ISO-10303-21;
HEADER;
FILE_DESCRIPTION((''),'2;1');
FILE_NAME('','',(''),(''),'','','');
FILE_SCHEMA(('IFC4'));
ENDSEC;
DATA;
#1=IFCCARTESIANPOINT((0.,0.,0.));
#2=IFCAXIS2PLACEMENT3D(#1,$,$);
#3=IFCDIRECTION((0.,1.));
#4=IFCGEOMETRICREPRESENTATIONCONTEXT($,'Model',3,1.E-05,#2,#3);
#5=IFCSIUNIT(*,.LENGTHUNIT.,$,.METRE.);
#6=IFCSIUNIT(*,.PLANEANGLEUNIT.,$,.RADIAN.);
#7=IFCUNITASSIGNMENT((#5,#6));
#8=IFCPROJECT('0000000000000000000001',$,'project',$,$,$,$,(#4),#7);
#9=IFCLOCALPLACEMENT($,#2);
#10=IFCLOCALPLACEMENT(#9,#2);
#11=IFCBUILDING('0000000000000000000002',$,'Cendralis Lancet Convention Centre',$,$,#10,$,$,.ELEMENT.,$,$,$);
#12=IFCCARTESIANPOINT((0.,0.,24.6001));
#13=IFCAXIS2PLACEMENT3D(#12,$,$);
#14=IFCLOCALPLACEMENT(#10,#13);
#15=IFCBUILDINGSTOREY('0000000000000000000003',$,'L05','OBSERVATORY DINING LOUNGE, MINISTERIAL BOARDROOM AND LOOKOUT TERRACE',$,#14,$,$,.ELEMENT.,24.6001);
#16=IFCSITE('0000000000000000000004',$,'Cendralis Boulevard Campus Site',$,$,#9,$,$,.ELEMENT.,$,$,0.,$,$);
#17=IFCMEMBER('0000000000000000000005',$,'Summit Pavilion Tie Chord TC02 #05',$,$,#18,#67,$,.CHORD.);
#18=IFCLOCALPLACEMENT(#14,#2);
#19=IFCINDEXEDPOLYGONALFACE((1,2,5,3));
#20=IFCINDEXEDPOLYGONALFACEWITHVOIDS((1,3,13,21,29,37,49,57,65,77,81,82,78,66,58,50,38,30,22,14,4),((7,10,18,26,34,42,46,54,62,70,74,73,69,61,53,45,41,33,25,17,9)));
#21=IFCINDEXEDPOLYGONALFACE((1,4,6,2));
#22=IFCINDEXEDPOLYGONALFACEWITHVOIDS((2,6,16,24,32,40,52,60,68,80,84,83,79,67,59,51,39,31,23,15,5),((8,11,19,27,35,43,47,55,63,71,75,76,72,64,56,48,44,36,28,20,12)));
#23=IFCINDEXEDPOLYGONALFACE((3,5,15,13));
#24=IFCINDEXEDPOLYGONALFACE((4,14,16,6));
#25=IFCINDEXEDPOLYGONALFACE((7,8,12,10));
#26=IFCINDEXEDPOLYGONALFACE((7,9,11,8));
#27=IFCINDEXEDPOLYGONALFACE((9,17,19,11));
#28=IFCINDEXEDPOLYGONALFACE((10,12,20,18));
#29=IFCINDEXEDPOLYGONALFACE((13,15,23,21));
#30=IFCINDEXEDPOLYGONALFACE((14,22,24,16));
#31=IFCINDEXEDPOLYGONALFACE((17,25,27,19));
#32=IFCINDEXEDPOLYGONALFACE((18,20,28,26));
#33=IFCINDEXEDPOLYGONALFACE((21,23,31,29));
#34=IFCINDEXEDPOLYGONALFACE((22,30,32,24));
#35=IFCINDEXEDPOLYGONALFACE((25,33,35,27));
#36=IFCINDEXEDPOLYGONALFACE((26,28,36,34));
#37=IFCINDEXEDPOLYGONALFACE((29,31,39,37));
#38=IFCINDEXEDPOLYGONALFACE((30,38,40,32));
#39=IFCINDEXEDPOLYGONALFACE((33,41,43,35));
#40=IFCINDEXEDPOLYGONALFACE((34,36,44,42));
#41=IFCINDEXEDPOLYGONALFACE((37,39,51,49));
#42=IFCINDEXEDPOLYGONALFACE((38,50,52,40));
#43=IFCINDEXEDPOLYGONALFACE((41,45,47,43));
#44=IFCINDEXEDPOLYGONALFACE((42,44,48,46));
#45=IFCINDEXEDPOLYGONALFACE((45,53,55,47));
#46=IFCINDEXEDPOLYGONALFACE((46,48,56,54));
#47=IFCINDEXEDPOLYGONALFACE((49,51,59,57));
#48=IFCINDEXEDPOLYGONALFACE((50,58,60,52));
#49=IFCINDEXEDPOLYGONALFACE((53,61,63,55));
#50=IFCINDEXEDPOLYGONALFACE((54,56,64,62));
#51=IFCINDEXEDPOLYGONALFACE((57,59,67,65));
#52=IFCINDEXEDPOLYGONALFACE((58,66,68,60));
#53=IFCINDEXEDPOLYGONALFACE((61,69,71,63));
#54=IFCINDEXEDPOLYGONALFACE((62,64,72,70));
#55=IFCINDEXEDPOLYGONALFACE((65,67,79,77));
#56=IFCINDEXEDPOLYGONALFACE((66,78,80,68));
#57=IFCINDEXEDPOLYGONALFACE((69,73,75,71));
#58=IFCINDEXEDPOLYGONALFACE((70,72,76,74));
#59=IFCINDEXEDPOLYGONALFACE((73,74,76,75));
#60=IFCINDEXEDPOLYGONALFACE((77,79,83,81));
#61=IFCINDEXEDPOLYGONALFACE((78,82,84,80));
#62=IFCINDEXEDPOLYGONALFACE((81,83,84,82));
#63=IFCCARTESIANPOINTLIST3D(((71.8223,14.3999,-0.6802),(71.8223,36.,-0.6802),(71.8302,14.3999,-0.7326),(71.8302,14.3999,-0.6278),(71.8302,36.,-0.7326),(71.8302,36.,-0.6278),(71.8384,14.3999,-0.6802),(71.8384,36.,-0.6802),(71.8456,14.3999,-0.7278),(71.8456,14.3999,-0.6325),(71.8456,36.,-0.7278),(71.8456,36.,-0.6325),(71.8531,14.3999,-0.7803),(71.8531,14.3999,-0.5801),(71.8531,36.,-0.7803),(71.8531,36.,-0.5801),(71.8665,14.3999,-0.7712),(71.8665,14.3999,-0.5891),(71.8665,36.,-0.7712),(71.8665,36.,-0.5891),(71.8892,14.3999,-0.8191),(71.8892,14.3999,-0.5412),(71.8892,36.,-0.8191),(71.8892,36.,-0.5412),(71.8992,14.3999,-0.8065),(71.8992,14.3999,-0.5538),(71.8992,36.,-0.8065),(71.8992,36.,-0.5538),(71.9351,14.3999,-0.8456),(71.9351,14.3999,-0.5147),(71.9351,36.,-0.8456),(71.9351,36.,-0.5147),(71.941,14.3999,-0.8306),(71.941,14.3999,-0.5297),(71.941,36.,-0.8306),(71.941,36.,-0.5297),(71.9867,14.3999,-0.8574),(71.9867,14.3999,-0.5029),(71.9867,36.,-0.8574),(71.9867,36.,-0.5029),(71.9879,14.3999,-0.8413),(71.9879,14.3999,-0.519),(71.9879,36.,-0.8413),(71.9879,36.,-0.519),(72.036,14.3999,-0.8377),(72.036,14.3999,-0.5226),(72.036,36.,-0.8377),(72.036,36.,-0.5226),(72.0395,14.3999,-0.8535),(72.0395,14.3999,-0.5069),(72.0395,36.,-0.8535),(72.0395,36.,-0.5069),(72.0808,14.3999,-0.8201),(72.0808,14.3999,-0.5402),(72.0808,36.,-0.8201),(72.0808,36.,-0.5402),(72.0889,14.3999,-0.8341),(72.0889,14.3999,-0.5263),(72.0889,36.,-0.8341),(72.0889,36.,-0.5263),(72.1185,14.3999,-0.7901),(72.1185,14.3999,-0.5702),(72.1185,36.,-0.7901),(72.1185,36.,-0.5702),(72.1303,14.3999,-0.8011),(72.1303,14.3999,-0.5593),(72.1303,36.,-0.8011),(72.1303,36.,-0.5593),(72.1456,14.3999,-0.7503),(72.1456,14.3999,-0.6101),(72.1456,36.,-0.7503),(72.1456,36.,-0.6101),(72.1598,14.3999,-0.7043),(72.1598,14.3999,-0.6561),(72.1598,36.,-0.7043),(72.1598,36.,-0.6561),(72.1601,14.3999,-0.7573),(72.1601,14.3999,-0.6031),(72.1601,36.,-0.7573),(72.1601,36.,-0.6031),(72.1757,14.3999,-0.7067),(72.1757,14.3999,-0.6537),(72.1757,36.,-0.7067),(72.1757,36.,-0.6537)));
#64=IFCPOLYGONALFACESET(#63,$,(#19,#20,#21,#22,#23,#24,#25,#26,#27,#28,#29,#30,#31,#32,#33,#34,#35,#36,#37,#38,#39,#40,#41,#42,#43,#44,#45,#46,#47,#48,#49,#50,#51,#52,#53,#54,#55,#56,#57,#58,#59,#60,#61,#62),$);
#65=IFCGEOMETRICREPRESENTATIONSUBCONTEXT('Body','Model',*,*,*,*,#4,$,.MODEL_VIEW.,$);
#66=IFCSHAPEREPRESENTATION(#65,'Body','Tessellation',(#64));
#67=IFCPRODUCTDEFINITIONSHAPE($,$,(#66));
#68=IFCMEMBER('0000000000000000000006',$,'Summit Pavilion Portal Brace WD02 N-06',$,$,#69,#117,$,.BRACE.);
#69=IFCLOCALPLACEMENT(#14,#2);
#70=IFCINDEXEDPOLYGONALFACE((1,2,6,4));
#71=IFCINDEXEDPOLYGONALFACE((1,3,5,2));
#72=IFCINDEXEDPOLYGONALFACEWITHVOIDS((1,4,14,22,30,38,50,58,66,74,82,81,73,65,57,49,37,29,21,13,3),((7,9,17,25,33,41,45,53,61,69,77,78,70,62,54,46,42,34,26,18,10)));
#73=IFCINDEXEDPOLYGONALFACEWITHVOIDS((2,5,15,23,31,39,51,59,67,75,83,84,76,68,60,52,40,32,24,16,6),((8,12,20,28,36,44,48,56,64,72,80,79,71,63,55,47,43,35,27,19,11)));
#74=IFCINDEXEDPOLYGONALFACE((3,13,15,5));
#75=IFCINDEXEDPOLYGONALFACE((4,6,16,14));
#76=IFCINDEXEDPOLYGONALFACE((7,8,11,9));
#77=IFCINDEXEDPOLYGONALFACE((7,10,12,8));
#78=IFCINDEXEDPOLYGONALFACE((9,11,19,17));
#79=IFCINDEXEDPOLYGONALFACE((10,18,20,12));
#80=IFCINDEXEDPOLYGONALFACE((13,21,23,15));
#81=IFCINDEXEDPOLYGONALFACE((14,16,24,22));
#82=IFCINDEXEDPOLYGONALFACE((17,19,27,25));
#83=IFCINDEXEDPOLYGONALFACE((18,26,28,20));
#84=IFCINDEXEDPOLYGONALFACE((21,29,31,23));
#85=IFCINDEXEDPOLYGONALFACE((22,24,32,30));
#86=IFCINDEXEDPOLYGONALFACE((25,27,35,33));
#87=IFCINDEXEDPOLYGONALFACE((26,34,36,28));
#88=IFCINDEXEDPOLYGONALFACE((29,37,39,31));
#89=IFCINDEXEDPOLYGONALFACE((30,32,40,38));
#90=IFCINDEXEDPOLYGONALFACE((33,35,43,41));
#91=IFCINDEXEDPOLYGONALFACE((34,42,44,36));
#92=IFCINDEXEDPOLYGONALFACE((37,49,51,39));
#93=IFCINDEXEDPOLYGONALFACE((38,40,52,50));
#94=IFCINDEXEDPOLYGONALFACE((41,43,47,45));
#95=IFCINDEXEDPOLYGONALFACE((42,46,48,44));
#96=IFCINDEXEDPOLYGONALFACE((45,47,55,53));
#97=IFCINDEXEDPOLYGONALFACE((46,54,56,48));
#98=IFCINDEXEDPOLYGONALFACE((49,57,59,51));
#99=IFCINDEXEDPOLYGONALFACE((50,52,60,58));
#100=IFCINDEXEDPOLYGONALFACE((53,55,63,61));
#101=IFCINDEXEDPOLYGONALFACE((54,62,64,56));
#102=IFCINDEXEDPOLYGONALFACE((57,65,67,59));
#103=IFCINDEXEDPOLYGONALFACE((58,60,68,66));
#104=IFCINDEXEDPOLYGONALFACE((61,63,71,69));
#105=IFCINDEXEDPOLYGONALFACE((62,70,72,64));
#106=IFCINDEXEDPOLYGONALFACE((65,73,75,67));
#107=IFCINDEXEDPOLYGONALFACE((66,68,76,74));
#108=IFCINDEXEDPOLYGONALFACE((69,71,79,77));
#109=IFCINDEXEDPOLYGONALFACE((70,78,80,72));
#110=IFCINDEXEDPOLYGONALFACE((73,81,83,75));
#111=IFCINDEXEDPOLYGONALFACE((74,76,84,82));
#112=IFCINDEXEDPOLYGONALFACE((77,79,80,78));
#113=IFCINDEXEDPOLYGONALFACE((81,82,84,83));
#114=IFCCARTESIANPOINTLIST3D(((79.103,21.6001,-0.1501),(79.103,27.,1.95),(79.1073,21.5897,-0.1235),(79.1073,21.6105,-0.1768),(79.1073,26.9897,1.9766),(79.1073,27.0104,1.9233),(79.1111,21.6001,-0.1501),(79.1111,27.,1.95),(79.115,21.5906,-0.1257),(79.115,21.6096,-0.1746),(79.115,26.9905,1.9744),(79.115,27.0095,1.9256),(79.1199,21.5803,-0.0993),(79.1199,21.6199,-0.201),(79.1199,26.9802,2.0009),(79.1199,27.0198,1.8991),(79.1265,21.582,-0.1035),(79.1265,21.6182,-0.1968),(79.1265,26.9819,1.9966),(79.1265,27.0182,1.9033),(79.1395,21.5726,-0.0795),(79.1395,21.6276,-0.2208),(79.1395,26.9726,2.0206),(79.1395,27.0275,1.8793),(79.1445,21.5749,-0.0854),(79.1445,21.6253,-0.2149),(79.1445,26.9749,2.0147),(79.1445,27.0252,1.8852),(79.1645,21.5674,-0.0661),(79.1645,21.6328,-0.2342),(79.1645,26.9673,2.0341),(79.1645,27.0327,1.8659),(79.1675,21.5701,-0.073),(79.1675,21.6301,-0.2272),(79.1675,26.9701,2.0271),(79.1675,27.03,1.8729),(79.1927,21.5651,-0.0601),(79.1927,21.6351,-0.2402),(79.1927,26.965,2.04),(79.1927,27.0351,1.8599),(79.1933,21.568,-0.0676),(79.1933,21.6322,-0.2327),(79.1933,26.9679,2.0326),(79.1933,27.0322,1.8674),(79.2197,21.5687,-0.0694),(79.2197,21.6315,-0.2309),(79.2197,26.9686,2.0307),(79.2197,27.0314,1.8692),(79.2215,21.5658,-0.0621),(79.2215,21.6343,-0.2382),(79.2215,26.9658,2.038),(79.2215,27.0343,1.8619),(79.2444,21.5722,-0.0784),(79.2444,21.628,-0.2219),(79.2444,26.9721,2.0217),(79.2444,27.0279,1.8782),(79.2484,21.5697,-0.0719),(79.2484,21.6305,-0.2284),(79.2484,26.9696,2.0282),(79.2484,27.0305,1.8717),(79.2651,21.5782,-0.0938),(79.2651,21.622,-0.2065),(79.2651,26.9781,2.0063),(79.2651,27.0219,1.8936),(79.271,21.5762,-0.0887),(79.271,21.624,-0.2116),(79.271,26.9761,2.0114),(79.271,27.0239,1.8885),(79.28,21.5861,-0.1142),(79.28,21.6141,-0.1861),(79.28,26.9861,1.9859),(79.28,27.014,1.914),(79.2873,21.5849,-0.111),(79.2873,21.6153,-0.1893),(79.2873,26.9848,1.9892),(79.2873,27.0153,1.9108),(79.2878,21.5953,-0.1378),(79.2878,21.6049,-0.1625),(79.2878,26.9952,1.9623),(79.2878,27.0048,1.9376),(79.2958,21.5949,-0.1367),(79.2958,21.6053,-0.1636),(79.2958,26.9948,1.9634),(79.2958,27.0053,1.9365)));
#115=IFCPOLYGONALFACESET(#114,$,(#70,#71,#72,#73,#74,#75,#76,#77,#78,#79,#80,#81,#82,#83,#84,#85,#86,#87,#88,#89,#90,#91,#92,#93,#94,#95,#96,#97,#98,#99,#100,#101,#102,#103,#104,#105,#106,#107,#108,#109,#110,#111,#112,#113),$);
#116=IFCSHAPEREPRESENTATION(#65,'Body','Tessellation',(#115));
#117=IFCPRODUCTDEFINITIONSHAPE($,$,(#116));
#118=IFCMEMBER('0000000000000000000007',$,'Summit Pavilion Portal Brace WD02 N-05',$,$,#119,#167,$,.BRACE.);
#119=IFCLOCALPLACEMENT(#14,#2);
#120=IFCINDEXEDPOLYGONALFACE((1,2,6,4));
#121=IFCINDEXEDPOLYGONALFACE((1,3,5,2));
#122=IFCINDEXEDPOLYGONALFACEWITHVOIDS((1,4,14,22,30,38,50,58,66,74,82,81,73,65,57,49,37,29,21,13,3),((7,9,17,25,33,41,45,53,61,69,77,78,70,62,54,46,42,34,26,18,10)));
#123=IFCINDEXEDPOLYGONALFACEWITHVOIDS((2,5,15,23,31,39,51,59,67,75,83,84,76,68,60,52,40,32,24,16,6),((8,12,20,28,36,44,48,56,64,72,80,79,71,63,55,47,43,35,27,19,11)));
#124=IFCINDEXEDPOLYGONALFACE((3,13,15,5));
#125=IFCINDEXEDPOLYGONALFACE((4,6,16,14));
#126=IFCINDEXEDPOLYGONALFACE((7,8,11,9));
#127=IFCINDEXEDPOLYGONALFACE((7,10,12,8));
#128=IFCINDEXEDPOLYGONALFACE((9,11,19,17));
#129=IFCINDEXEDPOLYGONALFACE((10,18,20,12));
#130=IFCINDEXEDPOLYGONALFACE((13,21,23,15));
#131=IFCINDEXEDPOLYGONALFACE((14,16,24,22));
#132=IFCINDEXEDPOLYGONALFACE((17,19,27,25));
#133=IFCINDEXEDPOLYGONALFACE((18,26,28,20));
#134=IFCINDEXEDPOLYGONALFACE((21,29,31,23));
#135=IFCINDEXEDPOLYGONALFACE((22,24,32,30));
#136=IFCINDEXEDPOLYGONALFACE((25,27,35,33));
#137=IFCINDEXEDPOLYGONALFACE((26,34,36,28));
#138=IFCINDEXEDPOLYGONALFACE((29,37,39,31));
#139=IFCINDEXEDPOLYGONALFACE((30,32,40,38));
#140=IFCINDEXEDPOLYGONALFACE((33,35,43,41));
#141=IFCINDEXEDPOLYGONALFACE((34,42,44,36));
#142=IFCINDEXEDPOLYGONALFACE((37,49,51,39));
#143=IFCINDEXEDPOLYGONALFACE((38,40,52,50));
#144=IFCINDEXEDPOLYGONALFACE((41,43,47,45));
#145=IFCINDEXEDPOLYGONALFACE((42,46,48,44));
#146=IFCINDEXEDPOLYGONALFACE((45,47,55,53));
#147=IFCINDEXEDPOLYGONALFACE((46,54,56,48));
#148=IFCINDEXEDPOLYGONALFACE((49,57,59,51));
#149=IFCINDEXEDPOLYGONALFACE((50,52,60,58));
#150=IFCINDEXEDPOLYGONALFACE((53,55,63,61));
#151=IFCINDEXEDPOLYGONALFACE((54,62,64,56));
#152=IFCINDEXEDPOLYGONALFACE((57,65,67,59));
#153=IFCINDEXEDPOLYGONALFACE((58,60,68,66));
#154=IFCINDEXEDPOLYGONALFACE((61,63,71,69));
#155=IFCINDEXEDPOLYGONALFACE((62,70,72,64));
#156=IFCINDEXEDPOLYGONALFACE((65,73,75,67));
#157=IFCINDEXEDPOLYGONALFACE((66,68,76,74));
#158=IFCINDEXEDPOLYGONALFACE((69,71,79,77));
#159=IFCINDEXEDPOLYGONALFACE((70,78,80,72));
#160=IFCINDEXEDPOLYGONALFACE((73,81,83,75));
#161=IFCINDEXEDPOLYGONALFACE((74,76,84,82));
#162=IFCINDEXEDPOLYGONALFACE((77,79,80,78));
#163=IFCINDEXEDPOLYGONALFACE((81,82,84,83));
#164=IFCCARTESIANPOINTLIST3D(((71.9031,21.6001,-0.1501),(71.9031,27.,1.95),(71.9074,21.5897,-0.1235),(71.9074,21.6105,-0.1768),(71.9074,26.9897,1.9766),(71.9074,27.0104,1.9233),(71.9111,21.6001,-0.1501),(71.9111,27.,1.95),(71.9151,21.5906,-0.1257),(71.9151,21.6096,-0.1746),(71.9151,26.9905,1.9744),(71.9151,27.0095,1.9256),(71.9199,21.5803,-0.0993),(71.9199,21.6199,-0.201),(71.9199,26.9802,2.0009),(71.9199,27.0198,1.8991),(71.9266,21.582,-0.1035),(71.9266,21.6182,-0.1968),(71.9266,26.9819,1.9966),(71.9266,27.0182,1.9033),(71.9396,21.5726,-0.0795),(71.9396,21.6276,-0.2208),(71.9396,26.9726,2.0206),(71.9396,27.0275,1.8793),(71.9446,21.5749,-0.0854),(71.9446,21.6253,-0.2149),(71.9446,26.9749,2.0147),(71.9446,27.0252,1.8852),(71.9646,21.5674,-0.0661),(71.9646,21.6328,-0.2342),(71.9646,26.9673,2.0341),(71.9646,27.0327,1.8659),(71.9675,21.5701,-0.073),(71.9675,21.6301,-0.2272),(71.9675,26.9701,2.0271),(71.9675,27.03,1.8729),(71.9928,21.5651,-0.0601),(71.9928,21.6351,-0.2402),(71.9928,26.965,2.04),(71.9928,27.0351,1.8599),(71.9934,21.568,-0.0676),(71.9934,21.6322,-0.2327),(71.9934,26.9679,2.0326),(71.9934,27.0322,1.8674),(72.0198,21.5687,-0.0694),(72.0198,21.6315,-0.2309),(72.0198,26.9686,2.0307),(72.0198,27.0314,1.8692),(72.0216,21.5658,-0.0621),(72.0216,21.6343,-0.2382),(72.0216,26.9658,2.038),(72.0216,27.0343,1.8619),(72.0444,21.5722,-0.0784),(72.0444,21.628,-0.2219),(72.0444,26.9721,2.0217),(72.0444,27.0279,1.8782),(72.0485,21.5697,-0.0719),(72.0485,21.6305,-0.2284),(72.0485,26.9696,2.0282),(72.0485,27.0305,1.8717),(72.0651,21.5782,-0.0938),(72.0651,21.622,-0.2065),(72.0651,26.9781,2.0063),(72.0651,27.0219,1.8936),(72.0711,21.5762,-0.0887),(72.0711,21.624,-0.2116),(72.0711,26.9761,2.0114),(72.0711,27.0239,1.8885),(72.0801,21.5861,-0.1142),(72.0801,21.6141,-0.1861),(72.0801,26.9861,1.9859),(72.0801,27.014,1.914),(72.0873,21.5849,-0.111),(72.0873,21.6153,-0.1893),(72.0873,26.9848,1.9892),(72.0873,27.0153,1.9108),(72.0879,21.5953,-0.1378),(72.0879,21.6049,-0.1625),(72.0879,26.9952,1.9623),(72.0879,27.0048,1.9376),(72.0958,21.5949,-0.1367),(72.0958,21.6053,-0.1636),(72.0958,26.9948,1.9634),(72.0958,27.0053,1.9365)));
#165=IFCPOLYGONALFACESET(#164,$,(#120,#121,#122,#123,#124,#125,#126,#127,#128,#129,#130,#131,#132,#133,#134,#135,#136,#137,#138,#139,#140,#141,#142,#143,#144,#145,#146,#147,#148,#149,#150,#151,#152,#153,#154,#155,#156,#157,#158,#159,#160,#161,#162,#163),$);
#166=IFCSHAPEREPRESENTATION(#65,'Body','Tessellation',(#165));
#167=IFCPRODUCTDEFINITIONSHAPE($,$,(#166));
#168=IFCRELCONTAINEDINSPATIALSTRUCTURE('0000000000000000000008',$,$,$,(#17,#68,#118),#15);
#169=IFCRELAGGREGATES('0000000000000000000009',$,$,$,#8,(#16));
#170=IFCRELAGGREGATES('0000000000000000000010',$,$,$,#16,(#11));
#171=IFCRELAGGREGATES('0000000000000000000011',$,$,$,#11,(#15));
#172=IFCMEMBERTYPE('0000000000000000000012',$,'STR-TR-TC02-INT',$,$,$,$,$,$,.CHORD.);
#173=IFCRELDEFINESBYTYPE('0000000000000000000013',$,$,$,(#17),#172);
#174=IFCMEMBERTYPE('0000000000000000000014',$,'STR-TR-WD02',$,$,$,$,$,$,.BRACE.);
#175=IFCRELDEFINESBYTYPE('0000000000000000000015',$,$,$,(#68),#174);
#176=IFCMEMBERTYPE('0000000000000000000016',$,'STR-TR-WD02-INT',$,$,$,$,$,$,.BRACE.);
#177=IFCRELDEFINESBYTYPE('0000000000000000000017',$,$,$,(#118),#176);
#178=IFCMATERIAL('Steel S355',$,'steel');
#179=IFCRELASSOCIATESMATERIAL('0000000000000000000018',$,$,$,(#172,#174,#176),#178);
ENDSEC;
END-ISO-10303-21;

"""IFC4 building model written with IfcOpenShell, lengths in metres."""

from ifc_helpers import new_model, si_unit, direction, frame, origin, origin_2d, place, context, subcontext, project, spatial, hollow_circle, extrude, material, material_profile, profile_set, type_object, element, save


model = new_model("IFC4")

# Units and contexts
model_context = context("Model", 3, precision=1e-05, world=origin(), true_north=direction((0.0, 1.0)))
body_context = subcontext(model_context, "Body", "Model", "MODEL_VIEW")
ifc_project = project(units=[si_unit("LENGTHUNIT", "METRE"), si_unit("PLANEANGLEUNIT", "RADIAN")], contexts=[model_context])

# Site, building, storey
site_placement = place(None, origin())
site = spatial("IfcSite", under=ifc_project, at=site_placement, Name="Cendralis Boulevard Campus Site", CompositionType="ELEMENT", RefElevation=0.0)
building_placement = place(site_placement, origin())
building = spatial("IfcBuilding", under=site, at=building_placement, Name="Cendralis Lancet Convention Centre", CompositionType="ELEMENT")
storey_placement = place(building_placement, frame((0.0, 0.0, 24.6001)))
storey = spatial("IfcBuildingStorey", under=building, at=storey_placement, Name="L05", Description="OBSERVATORY DINING LOUNGE, MINISTERIAL BOARDROOM AND LOOKOUT TERRACE", CompositionType="ELEMENT", Elevation=24.6001)

# Shared definitions
ifc_material_1 = material(Name="Steel S355", Category="steel")

# Members
ifc_material_profile_1 = material_profile(ifc_material_1, hollow_circle(Radius=0.1777, WallThickness=0.0161, at=origin_2d()), Name="CHS 355.6x16.0")
ifc_profile_set_1 = profile_set([ifc_material_profile_1], Name="Steel S355")
member_type_1 = type_object("IfcMemberType", Name="STR-TR-TC02-INT", PredefinedType="CHORD", material=ifc_profile_set_1)
member_1_placement = place(storey_placement, frame((72.0, 14.3999, -0.6802), z_axis=(0.0, 1.0, 0.0), x_axis=(-1.0, 0.0, 0.0)))
element("IfcMember", 1, at=member_1_placement, inside=storey, type_object=member_type_1, Name="Summit Pavilion Tie Chord TC02 #05", PredefinedType="CHORD", context=body_context, shape_type="SweptSolid", body=[
    extrude(hollow_circle(Radius=0.1777, WallThickness=0.0161, at=origin_2d()), origin(), (0.0, 0.0, 1.0), 21.6001),
])
ifc_material_profile_2 = material_profile(ifc_material_1, hollow_circle(Radius=0.0969, WallThickness=0.0081, at=origin_2d()), Name="CHS 193.7x8.0")
ifc_profile_set_2 = profile_set([ifc_material_profile_2], Name="Steel S355")
member_type_2 = type_object("IfcMemberType", Name="STR-TR-WD02", PredefinedType="BRACE", material=ifc_profile_set_2)
member_2_placement = place(storey_placement, frame((79.2, 21.6001, -0.1501), z_axis=(0.0, 0.931997, 0.362467), x_axis=(-1.0, 0.0, 0.0)))
element("IfcMember", 2, at=member_2_placement, inside=storey, type_object=member_type_2, Name="Summit Pavilion Portal Brace WD02 N-06", PredefinedType="BRACE", context=body_context, shape_type="SweptSolid", body=[
    extrude(hollow_circle(Radius=0.0969, WallThickness=0.0081, at=origin_2d()), origin(), (0.0, 0.0, 1.0), 5.7939),
])
ifc_material_profile_3 = material_profile(ifc_material_1, hollow_circle(Radius=0.0969, WallThickness=0.0081, at=origin_2d()), Name="CHS 193.7x8.0")
ifc_profile_set_3 = profile_set([ifc_material_profile_3], Name="Steel S355")
member_type_3 = type_object("IfcMemberType", Name="STR-TR-WD02-INT", PredefinedType="BRACE", material=ifc_profile_set_3)
member_3_placement = place(storey_placement, frame((72.0, 21.6001, -0.1501), z_axis=(0.0, 0.931997, 0.362467), x_axis=(-1.0, 0.0, 0.0)))
element("IfcMember", 3, at=member_3_placement, inside=storey, type_object=member_type_3, Name="Summit Pavilion Portal Brace WD02 N-05", PredefinedType="BRACE", context=body_context, shape_type="SweptSolid", body=[
    extrude(hollow_circle(Radius=0.0969, WallThickness=0.0081, at=origin_2d()), origin(), (0.0, 0.0, 1.0), 5.7939),
])

save(model, "model.ifc")
